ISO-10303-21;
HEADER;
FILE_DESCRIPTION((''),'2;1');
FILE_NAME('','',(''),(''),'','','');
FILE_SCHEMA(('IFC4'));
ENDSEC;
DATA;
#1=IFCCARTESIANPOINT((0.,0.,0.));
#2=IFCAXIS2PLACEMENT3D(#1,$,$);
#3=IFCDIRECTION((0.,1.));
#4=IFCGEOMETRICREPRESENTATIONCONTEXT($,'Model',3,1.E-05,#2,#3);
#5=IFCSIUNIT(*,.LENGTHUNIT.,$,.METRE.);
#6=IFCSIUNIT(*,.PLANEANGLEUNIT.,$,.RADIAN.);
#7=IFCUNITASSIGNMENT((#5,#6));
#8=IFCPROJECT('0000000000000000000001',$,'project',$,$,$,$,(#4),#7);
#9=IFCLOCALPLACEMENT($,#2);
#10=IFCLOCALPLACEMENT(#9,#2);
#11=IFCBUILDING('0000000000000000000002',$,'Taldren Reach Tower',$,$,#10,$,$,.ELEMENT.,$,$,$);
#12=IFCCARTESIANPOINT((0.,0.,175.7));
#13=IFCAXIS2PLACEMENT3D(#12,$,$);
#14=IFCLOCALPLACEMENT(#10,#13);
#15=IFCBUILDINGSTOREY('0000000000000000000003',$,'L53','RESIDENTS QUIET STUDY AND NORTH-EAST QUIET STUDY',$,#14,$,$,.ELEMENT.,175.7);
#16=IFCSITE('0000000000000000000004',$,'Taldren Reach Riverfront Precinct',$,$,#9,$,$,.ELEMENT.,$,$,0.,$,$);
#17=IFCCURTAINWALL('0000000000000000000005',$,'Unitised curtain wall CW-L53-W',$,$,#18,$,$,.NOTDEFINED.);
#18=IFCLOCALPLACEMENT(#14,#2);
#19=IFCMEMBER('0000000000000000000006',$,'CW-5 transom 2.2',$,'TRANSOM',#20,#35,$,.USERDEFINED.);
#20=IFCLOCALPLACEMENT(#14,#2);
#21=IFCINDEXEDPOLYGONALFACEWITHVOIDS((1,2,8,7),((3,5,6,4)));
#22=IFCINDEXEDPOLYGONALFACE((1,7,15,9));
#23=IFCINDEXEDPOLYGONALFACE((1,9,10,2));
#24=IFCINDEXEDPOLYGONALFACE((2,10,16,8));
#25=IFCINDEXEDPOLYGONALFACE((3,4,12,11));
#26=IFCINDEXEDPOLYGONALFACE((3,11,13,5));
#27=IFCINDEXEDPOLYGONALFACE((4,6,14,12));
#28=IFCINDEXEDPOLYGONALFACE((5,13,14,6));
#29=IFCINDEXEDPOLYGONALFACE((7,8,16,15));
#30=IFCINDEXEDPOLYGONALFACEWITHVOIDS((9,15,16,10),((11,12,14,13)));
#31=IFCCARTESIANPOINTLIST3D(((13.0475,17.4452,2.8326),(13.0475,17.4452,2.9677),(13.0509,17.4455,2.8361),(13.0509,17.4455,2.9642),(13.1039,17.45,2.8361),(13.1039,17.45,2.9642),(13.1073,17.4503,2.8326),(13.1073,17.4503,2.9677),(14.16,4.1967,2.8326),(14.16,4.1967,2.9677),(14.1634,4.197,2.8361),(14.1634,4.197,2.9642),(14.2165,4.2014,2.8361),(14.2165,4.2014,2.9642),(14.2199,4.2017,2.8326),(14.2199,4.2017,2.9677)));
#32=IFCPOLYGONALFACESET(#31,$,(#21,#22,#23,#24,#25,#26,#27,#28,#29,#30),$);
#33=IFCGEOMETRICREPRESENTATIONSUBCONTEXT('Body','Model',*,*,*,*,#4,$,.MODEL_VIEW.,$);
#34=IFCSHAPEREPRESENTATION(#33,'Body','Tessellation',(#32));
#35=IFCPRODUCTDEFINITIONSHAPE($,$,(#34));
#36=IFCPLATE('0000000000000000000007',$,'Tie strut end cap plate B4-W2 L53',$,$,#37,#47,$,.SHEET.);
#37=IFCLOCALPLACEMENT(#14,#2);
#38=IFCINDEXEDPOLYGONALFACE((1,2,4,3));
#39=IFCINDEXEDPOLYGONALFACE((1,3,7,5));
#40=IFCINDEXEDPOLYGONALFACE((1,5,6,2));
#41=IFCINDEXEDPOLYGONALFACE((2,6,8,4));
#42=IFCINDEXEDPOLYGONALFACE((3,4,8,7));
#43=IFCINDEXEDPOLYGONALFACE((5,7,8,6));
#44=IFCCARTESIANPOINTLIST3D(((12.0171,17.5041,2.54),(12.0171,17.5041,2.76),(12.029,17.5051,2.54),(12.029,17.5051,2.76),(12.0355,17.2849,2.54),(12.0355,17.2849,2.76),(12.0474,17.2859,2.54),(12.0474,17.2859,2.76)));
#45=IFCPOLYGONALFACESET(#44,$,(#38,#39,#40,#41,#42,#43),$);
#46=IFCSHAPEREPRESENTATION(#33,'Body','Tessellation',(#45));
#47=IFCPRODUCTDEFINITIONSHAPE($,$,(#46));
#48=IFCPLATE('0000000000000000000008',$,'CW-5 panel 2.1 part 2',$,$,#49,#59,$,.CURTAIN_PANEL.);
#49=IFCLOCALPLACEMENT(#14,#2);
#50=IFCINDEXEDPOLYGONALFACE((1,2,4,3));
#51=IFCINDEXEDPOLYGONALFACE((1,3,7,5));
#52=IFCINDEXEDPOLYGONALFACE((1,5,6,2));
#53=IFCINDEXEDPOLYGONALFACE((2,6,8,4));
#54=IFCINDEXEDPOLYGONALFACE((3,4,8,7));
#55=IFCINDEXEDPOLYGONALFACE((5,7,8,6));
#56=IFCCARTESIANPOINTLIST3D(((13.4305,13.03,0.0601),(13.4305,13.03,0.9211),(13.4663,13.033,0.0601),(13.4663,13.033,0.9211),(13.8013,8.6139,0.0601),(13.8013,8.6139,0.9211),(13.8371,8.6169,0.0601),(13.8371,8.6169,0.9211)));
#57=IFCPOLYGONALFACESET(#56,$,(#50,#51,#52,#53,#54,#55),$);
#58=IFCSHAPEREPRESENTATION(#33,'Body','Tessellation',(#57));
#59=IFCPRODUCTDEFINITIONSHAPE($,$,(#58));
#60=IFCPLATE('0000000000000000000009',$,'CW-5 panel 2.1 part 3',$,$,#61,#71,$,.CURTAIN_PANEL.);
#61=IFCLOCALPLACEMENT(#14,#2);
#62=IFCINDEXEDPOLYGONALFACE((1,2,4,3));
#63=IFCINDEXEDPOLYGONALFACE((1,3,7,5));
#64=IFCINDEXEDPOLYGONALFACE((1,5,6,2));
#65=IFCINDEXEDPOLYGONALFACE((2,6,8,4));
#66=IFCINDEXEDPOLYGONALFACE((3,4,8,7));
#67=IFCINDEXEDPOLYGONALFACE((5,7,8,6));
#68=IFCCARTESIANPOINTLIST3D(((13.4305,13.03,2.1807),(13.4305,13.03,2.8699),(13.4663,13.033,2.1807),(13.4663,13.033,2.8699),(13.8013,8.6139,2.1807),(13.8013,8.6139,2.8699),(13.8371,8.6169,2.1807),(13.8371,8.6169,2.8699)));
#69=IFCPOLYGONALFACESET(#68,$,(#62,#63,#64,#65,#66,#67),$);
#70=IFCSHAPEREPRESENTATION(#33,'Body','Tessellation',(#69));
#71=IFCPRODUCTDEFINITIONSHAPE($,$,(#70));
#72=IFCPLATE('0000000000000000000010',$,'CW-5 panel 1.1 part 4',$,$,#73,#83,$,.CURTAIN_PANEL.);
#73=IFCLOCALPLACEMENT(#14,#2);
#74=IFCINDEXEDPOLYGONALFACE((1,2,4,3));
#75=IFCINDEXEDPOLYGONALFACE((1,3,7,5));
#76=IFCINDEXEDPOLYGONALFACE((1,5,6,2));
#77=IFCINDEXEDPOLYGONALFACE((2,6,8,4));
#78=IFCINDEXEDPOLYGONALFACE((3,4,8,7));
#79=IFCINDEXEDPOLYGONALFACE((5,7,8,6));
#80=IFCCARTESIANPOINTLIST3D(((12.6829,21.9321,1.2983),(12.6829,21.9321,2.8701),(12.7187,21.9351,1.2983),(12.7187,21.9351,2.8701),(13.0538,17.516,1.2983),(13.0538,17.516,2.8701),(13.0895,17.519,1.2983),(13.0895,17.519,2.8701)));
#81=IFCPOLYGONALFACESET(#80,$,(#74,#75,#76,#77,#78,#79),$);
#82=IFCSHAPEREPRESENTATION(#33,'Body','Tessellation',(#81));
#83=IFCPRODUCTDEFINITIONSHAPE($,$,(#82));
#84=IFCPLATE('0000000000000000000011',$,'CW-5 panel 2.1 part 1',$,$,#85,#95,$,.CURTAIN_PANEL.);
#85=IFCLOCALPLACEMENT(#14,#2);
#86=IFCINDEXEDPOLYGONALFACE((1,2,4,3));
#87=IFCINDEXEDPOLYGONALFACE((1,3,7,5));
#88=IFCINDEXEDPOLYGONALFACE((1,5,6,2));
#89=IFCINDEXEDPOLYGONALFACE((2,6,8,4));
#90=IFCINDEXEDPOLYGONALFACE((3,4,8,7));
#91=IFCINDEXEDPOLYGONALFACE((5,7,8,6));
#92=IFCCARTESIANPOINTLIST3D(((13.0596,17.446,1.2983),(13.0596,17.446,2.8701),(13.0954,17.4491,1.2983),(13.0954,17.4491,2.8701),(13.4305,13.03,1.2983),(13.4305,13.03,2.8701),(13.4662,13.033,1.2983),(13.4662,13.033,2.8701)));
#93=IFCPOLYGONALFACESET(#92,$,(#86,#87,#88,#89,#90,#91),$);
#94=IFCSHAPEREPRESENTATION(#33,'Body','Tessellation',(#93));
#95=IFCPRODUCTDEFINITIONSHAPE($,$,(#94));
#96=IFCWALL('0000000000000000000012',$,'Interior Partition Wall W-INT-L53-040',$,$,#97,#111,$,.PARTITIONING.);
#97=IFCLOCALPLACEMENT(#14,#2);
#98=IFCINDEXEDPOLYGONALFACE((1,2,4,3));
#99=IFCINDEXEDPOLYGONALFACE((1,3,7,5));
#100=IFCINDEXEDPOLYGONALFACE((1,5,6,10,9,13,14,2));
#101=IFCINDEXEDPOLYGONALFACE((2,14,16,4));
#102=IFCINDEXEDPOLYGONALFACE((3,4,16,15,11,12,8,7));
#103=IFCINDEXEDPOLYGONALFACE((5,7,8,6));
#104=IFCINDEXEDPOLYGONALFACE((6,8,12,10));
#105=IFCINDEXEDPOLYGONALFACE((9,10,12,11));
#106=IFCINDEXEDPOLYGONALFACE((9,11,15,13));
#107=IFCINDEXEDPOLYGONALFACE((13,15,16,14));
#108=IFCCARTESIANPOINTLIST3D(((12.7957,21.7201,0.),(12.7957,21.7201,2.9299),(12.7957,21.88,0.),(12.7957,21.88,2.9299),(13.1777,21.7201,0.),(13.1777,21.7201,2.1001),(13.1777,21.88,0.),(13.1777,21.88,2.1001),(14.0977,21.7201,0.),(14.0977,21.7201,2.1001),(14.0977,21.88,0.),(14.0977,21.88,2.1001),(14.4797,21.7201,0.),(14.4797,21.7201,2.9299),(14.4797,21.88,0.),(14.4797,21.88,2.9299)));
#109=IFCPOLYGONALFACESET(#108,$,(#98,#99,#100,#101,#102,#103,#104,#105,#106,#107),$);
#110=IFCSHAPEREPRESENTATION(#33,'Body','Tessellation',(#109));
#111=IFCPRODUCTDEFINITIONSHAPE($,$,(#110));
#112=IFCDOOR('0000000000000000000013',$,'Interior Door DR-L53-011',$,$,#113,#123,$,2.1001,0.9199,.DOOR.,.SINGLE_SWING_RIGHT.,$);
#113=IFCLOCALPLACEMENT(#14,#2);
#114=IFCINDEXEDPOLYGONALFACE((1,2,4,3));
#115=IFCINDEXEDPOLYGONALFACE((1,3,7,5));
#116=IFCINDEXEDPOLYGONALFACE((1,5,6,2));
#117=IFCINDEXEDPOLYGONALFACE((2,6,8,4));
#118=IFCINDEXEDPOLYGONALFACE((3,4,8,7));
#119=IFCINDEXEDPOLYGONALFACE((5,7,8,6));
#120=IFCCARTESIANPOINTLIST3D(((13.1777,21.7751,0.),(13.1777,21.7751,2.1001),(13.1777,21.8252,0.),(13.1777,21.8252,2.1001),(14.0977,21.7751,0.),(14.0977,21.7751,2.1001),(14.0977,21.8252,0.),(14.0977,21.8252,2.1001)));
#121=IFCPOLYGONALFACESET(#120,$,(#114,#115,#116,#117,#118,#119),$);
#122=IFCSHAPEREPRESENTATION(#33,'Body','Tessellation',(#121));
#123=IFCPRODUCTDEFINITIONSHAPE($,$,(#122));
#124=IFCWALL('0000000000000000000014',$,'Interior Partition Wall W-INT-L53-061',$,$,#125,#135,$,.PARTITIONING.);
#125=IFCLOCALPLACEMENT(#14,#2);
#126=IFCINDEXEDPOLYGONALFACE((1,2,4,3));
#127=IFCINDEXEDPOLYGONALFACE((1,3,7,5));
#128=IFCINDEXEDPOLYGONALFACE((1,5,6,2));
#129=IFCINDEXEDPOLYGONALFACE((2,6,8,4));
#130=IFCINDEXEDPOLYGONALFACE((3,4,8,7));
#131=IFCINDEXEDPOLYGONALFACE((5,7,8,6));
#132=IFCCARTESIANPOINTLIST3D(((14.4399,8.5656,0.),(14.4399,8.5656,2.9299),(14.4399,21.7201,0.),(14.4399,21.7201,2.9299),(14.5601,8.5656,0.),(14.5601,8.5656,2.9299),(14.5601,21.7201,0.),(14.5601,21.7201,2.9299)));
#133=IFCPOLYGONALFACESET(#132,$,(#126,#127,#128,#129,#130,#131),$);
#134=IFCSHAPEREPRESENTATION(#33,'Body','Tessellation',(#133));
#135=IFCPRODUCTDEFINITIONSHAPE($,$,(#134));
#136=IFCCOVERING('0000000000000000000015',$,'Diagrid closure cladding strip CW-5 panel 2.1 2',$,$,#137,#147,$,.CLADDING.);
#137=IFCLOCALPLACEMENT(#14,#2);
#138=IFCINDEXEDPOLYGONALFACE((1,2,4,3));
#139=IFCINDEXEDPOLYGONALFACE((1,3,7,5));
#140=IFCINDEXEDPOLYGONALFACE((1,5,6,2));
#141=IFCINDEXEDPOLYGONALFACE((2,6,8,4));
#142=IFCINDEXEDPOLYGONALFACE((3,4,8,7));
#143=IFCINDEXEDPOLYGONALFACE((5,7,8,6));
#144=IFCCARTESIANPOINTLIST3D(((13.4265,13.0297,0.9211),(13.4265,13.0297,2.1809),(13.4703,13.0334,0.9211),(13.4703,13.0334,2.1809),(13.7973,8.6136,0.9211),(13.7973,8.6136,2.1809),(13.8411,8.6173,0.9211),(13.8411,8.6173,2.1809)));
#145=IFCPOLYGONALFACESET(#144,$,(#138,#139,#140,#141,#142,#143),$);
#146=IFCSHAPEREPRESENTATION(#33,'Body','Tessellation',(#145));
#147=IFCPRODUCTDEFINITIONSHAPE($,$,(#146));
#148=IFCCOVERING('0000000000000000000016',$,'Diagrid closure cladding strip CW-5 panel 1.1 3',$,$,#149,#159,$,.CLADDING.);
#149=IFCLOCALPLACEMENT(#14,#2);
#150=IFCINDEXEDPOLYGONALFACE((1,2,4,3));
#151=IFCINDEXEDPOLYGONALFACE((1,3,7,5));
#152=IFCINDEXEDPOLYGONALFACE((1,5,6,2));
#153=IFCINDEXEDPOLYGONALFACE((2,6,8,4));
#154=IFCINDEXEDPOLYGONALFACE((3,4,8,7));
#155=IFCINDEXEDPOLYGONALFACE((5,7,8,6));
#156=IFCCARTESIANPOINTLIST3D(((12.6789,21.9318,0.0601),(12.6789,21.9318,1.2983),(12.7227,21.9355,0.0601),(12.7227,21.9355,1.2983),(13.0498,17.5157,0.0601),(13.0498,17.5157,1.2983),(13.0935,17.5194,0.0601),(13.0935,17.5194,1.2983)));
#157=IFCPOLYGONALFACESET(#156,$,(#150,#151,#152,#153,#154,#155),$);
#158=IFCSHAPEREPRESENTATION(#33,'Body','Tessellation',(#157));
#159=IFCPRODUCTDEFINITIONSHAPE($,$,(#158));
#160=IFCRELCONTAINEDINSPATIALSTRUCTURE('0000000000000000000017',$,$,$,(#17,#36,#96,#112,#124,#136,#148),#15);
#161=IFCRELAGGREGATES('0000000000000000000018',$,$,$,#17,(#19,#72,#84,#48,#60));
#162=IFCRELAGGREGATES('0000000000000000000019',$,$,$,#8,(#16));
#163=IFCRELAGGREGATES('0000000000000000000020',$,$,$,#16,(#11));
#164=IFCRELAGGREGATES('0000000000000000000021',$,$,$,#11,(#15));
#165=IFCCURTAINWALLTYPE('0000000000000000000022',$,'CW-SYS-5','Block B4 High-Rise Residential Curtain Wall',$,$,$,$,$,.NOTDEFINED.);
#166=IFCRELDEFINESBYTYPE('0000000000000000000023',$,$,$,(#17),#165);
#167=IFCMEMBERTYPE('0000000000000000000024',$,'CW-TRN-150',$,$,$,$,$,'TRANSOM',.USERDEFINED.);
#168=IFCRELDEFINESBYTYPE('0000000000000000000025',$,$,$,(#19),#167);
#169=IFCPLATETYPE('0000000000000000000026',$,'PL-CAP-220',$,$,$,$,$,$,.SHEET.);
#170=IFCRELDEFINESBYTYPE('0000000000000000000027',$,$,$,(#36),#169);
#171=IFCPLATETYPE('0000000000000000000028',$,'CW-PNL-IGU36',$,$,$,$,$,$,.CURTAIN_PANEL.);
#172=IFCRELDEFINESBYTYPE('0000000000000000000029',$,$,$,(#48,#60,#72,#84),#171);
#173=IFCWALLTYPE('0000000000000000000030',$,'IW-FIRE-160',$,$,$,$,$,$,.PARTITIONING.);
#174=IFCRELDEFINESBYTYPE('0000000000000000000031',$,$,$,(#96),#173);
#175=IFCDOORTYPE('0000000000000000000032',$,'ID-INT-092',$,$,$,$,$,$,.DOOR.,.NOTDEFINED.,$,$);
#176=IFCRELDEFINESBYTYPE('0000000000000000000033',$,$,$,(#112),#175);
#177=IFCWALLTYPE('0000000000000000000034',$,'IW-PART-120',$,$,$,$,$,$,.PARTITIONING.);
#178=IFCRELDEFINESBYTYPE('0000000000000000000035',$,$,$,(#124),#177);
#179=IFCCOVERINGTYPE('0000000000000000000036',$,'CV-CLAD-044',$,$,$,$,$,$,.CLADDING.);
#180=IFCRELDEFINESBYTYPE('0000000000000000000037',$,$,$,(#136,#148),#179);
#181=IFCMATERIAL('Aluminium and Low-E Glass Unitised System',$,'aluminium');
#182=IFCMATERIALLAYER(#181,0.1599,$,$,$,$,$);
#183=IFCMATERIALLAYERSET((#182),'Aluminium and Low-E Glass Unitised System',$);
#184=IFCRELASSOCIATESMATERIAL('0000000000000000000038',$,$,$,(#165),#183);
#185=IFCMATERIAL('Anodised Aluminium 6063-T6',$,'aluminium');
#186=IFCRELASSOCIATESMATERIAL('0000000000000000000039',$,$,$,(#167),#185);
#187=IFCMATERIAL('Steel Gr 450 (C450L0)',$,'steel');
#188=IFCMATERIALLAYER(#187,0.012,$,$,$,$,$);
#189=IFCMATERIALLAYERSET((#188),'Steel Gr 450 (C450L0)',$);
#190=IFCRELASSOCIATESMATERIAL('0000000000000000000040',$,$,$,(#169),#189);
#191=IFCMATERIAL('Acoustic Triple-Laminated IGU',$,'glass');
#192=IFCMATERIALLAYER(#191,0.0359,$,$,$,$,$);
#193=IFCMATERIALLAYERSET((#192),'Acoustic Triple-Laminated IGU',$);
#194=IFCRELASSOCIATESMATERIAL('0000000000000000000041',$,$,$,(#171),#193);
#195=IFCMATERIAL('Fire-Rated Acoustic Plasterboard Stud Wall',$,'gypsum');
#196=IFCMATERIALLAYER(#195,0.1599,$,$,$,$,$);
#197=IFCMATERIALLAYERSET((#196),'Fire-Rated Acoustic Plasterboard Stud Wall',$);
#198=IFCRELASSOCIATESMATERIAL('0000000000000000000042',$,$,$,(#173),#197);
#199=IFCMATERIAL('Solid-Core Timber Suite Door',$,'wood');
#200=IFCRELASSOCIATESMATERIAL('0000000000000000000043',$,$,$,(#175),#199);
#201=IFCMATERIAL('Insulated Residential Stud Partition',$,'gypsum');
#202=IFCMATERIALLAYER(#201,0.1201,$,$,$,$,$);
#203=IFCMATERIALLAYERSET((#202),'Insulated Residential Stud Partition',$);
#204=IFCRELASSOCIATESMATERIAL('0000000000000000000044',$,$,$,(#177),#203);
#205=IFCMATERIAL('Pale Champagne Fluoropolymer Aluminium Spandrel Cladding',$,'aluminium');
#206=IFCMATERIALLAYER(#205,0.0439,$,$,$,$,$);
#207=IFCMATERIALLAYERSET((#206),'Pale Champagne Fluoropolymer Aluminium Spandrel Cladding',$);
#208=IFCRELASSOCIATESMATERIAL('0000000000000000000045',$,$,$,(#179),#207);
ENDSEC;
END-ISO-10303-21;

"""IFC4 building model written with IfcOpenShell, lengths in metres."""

from ifc_helpers import new_model, si_unit, direction, frame, frame_2d, origin, origin_2d, place, context, subcontext, project, spatial, rectangle, hollow_rectangle, extrude, source, transform, mapped, material, layer, layer_set, material_profile, profile_set, type_object, element, fill, aggregate, save


model = new_model("IFC4")

# Units and contexts
model_context = context("Model", 3, precision=1e-05, world=origin(), true_north=direction((0.0, 1.0)))
body_context = subcontext(model_context, "Body", "Model", "MODEL_VIEW")
ifc_project = project(units=[si_unit("LENGTHUNIT", "METRE"), si_unit("PLANEANGLEUNIT", "RADIAN")], contexts=[model_context])

# Site, building, storey
site_placement = place(None, origin())
site = spatial("IfcSite", under=ifc_project, at=site_placement, Name="Taldren Reach Riverfront Precinct", CompositionType="ELEMENT", RefElevation=0.0)
building_placement = place(site_placement, origin())
building = spatial("IfcBuilding", under=site, at=building_placement, Name="Taldren Reach Tower", CompositionType="ELEMENT")
storey_placement = place(building_placement, frame((0.0, 0.0, 175.7)))
storey = spatial("IfcBuildingStorey", under=building, at=storey_placement, Name="L53", Description="RESIDENTS QUIET STUDY AND NORTH-EAST QUIET STUDY", CompositionType="ELEMENT", Elevation=175.7)

# Shared definitions
ifc_material_1 = material(Name="Steel Gr 450 (C450L0)", Category="steel")

# Curtain wall, member
ifc_material_2 = material(Name="Aluminium and Low-E Glass Unitised System", Category="aluminium")
ifc_layer_1 = layer(ifc_material_2, 0.1599)
ifc_layer_set_1 = layer_set([ifc_layer_1], Name="Aluminium and Low-E Glass Unitised System")
curtain_wall_type = type_object("IfcCurtainWallType", Name="CW-SYS-5", Description="Block B4 High-Rise Residential Curtain Wall", PredefinedType="NOTDEFINED", material=ifc_layer_set_1)
curtain_wall_placement = place(storey_placement, origin())
curtain_wall = element("IfcCurtainWall", 1, at=curtain_wall_placement, inside=storey, type_object=curtain_wall_type, Name="Unitised curtain wall CW-L53-W", PredefinedType="NOTDEFINED")
ifc_material_3 = material(Name="Anodised Aluminium 6063-T6", Category="aluminium")
ifc_material_profile_1 = material_profile(ifc_material_3, hollow_rectangle(XDim=0.0601, YDim=0.135, WallThickness=0.0034, at=origin_2d()), Name="ALU-135x60x3.5RHS")
ifc_profile_set_1 = profile_set([ifc_material_profile_1], Name="Anodised Aluminium 6063-T6")
member_type_1 = type_object("IfcMemberType", Name="CW-TRN-150", ElementType="TRANSOM", PredefinedType="USERDEFINED", material=ifc_profile_set_1)
shared_shape_1 = source(origin(), body_context, "Body", "SweptSolid", [
    extrude(hollow_rectangle(XDim=0.0601, YDim=0.135, WallThickness=0.0034, at=origin_2d()), origin(), (0.0, 0.0, 1.0), 13.2952),
])
member_1_placement = place(storey_placement, frame((13.0774, 17.4478, 2.9001), z_axis=(0.083681, -0.996493, 0.0), x_axis=(0.996493, 0.083681, 0.0)))
member_1 = element("IfcMember", 2, at=member_1_placement, type_object=member_type_1, Name="CW-5 transom 2.2", ObjectType="TRANSOM", PredefinedType="USERDEFINED", context=body_context, shape_type="MappedRepresentation", body=[
    mapped(shared_shape_1, transform((0.0, 0.0, 0.0), scale=1.0)),
])

# Plates
ifc_layer_2 = layer(ifc_material_1, 0.012)
ifc_layer_set_2 = layer_set([ifc_layer_2], Name="Steel Gr 450 (C450L0)")
plate_type_1 = type_object("IfcPlateType", Name="PL-CAP-220", PredefinedType="SHEET", material=ifc_layer_set_2)
shared_shape_2 = source(origin(), body_context, "Body", "SweptSolid", [
    extrude(rectangle(XDim=0.012, YDim=0.22, at=origin_2d()), origin(), (0.0, 0.0, 1.0), 0.22),
])
plate_1_placement = place(storey_placement, frame((12.0322, 17.395, 2.54), z_axis=(0.0, 0.0, 1.0), x_axis=(0.996493, 0.083678, 0.0)))
element("IfcPlate", 3, at=plate_1_placement, inside=storey, type_object=plate_type_1, Name="Tie strut end cap plate B4-W2 L53", PredefinedType="SHEET", context=body_context, shape_type="MappedRepresentation", body=[
    mapped(shared_shape_2, transform((0.0, 0.0, 0.0), scale=1.0)),
])
ifc_material_4 = material(Name="Acoustic Triple-Laminated IGU", Category="glass")
ifc_layer_3 = layer(ifc_material_4, 0.0359)
ifc_layer_set_3 = layer_set([ifc_layer_3], Name="Acoustic Triple-Laminated IGU")
plate_type_2 = type_object("IfcPlateType", Name="CW-PNL-IGU36", PredefinedType="CURTAIN_PANEL", material=ifc_layer_set_3)
shared_shape_3 = source(origin(), body_context, "Body", "SweptSolid", [
    extrude(rectangle(XDim=4.4316, YDim=0.0359, at=origin_2d()), origin(), (0.0, 0.0, 1.0), 0.8611),
])
plate_2_placement = place(storey_placement, frame((13.6338, 10.8235, 0.0601), z_axis=(0.0, 0.0, 1.0), x_axis=(0.083678, -0.996493, 0.0)))
plate_2 = element("IfcPlate", 4, at=plate_2_placement, type_object=plate_type_2, Name="CW-5 panel 2.1 part 2", PredefinedType="CURTAIN_PANEL", context=body_context, shape_type="MappedRepresentation", body=[
    mapped(shared_shape_3, transform((0.0, 0.0, 0.0), scale=1.0)),
])
shared_shape_4 = source(origin(), body_context, "Body", "SweptSolid", [
    extrude(rectangle(XDim=4.4316, YDim=0.0359, at=origin_2d()), origin(), (0.0, 0.0, 1.0), 0.6892),
])
plate_3_placement = place(storey_placement, frame((13.6338, 10.8235, 2.1807), z_axis=(0.0, 0.0, 1.0), x_axis=(0.083678, -0.996493, 0.0)))
plate_3 = element("IfcPlate", 5, at=plate_3_placement, type_object=plate_type_2, Name="CW-5 panel 2.1 part 3", PredefinedType="CURTAIN_PANEL", context=body_context, shape_type="MappedRepresentation", body=[
    mapped(shared_shape_4, transform((0.0, 0.0, 0.0), scale=1.0)),
])
shared_shape_5 = source(origin(), body_context, "Body", "SweptSolid", [
    extrude(rectangle(XDim=4.4316, YDim=0.0359, at=origin_2d()), origin(), (0.0, 0.0, 1.0), 1.5718),
])
plate_4_placement = place(storey_placement, frame((12.8862, 19.7256, 1.2983), z_axis=(0.0, 0.0, 1.0), x_axis=(0.083678, -0.996493, 0.0)))
plate_4 = element("IfcPlate", 6, at=plate_4_placement, type_object=plate_type_2, Name="CW-5 panel 1.1 part 4", PredefinedType="CURTAIN_PANEL", context=body_context, shape_type="MappedRepresentation", body=[
    mapped(shared_shape_5, transform((0.0, 0.0, 0.0), scale=1.0)),
])
plate_5_placement = place(storey_placement, frame((13.2629, 15.2395, 1.2983), z_axis=(0.0, 0.0, 1.0), x_axis=(0.083678, -0.996493, 0.0)))
plate_5 = element("IfcPlate", 7, at=plate_5_placement, type_object=plate_type_2, Name="CW-5 panel 2.1 part 1", PredefinedType="CURTAIN_PANEL", context=body_context, shape_type="MappedRepresentation", body=[
    mapped(shared_shape_5, transform((0.0, 0.0, 0.0), scale=1.0)),
])
aggregate(curtain_wall, [member_1, plate_4, plate_5, plate_2, plate_3])

# Wall, opening, door
ifc_material_5 = material(Name="Fire-Rated Acoustic Plasterboard Stud Wall", Category="gypsum")
ifc_layer_4 = layer(ifc_material_5, 0.1599)
ifc_layer_set_4 = layer_set([ifc_layer_4], Name="Fire-Rated Acoustic Plasterboard Stud Wall")
wall_type_1 = type_object("IfcWallType", Name="IW-FIRE-160", PredefinedType="PARTITIONING", material=ifc_layer_set_4)
shared_shape_6 = source(origin(), body_context, "Body", "SweptSolid", [
    extrude(rectangle(XDim=1.6841, YDim=0.1599, at=frame_2d((0.842, 0.0))), origin(), (0.0, 0.0, 1.0), 2.9299),
])
wall_1_placement = place(storey_placement, frame((14.4797, 21.8, 0.0), z_axis=(0.0, 0.0, 1.0), x_axis=(-1.0, 0.0, 0.0)))
wall_1 = element("IfcWall", 8, at=wall_1_placement, inside=storey, type_object=wall_type_1, Name="Interior Partition Wall W-INT-L53-040", PredefinedType="PARTITIONING", context=body_context, shape_type="MappedRepresentation", body=[
    mapped(shared_shape_6, transform((0.0, 0.0, 0.0), scale=1.0)),
])
shared_shape_7 = source(origin(), body_context, "Body", "SweptSolid", [
    extrude(rectangle(XDim=0.9199, YDim=2.1001, at=frame_2d((0.46, 1.05))), frame((0.0, 0.0898, 0.0), z_axis=(0.0, -1.0, 0.0), x_axis=(1.0, 0.0, 0.0)), (0.0, 0.0, 1.0), 0.1799),
])
opening_placement = place(wall_1_placement, frame((0.3821, 0.0, 0.0)))
opening = element("IfcOpeningElement", 9, at=opening_placement, cuts=wall_1, PredefinedType="OPENING", context=body_context, shape_type="MappedRepresentation", body=[
    mapped(shared_shape_7, transform((0.0, 0.0, 0.0), scale=1.0)),
])
ifc_material_6 = material(Name="Solid-Core Timber Suite Door", Category="wood")
door_type = type_object("IfcDoorType", Name="ID-INT-092", OperationType="NOTDEFINED", PredefinedType="DOOR", material=ifc_material_6)
shared_shape_8 = source(origin(), body_context, "Body", "SweptSolid", [
    extrude(rectangle(XDim=0.9199, YDim=2.1001, at=frame_2d((0.46, 1.05))), frame((0.0, 0.0249, 0.0), z_axis=(0.0, -1.0, 0.0), x_axis=(1.0, 0.0, 0.0)), (0.0, 0.0, 1.0), 0.05),
])
door_placement = place(opening_placement, origin())
door = element("IfcDoor", 10, at=door_placement, inside=storey, type_object=door_type, Name="Interior Door DR-L53-011", OperationType="SINGLE_SWING_RIGHT", OverallHeight=2.1001, OverallWidth=0.9199, PredefinedType="DOOR", context=body_context, shape_type="MappedRepresentation", body=[
    mapped(shared_shape_8, transform((0.0, 0.0, 0.0), scale=1.0)),
])
fill(opening, door)

# Wall
ifc_material_7 = material(Name="Insulated Residential Stud Partition", Category="gypsum")
ifc_layer_5 = layer(ifc_material_7, 0.1201)
ifc_layer_set_5 = layer_set([ifc_layer_5], Name="Insulated Residential Stud Partition")
wall_type_2 = type_object("IfcWallType", Name="IW-PART-120", PredefinedType="PARTITIONING", material=ifc_layer_set_5)
shared_shape_9 = source(origin(), body_context, "Body", "SweptSolid", [
    extrude(rectangle(XDim=13.1545, YDim=0.1201, at=frame_2d((6.5771, 0.0))), origin(), (0.0, 0.0, 1.0), 2.9299),
])
wall_2_placement = place(storey_placement, frame((14.5, 21.72, 0.0), z_axis=(0.0, 0.0, 1.0), x_axis=(0.0, -1.0, 0.0)))
element("IfcWall", 11, at=wall_2_placement, inside=storey, type_object=wall_type_2, Name="Interior Partition Wall W-INT-L53-061", PredefinedType="PARTITIONING", context=body_context, shape_type="MappedRepresentation", body=[
    mapped(shared_shape_9, transform((0.0, 0.0, 0.0), scale=1.0)),
])

# Coverings
ifc_material_8 = material(Name="Pale Champagne Fluoropolymer Aluminium Spandrel Cladding", Category="aluminium")
ifc_layer_6 = layer(ifc_material_8, 0.0439)
ifc_layer_set_6 = layer_set([ifc_layer_6], Name="Pale Champagne Fluoropolymer Aluminium Spandrel Cladding")
covering_type = type_object("IfcCoveringType", Name="CV-CLAD-044", PredefinedType="CLADDING", material=ifc_layer_set_6)
shared_shape_10 = source(origin(), body_context, "Body", "SweptSolid", [
    extrude(rectangle(XDim=4.4316, YDim=0.0439, at=origin_2d()), origin(), (0.0, 0.0, 1.0), 1.2598),
])
covering_placement = place(storey_placement, frame((13.6338, 10.8235, 0.9211), z_axis=(0.0, 0.0, 1.0), x_axis=(0.083678, -0.996493, 0.0)))
element("IfcCovering", 12, at=covering_placement, inside=storey, type_object=covering_type, Name="Diagrid closure cladding strip CW-5 panel 2.1 2", PredefinedType="CLADDING", context=body_context, shape_type="MappedRepresentation", body=[
    mapped(shared_shape_10, transform((0.0, 0.0, 0.0), scale=1.0)),
])
shared_shape_11 = source(origin(), body_context, "Body", "SweptSolid", [
    extrude(rectangle(XDim=4.4316, YDim=0.0439, at=origin_2d()), origin(), (0.0, 0.0, 1.0), 1.2383),
])
for number, where, z_axis, x_axis, name in (
    (13, (12.8862, 19.7256, 0.0601), (0.0, 0.0, 1.0), (0.083678, -0.996493, 0.0), "Diagrid closure cladding strip CW-5 panel 1.1 3"),
):
    element("IfcCovering", number, at=place(storey_placement, frame(where, z_axis=z_axis, x_axis=x_axis)), inside=storey, type_object=covering_type, Name=name, PredefinedType="CLADDING", context=body_context, shape_type="MappedRepresentation", body=[
        mapped(shared_shape_11, transform((0.0, 0.0, 0.0), scale=1.0)),
    ])

save(model, "model.ifc")
